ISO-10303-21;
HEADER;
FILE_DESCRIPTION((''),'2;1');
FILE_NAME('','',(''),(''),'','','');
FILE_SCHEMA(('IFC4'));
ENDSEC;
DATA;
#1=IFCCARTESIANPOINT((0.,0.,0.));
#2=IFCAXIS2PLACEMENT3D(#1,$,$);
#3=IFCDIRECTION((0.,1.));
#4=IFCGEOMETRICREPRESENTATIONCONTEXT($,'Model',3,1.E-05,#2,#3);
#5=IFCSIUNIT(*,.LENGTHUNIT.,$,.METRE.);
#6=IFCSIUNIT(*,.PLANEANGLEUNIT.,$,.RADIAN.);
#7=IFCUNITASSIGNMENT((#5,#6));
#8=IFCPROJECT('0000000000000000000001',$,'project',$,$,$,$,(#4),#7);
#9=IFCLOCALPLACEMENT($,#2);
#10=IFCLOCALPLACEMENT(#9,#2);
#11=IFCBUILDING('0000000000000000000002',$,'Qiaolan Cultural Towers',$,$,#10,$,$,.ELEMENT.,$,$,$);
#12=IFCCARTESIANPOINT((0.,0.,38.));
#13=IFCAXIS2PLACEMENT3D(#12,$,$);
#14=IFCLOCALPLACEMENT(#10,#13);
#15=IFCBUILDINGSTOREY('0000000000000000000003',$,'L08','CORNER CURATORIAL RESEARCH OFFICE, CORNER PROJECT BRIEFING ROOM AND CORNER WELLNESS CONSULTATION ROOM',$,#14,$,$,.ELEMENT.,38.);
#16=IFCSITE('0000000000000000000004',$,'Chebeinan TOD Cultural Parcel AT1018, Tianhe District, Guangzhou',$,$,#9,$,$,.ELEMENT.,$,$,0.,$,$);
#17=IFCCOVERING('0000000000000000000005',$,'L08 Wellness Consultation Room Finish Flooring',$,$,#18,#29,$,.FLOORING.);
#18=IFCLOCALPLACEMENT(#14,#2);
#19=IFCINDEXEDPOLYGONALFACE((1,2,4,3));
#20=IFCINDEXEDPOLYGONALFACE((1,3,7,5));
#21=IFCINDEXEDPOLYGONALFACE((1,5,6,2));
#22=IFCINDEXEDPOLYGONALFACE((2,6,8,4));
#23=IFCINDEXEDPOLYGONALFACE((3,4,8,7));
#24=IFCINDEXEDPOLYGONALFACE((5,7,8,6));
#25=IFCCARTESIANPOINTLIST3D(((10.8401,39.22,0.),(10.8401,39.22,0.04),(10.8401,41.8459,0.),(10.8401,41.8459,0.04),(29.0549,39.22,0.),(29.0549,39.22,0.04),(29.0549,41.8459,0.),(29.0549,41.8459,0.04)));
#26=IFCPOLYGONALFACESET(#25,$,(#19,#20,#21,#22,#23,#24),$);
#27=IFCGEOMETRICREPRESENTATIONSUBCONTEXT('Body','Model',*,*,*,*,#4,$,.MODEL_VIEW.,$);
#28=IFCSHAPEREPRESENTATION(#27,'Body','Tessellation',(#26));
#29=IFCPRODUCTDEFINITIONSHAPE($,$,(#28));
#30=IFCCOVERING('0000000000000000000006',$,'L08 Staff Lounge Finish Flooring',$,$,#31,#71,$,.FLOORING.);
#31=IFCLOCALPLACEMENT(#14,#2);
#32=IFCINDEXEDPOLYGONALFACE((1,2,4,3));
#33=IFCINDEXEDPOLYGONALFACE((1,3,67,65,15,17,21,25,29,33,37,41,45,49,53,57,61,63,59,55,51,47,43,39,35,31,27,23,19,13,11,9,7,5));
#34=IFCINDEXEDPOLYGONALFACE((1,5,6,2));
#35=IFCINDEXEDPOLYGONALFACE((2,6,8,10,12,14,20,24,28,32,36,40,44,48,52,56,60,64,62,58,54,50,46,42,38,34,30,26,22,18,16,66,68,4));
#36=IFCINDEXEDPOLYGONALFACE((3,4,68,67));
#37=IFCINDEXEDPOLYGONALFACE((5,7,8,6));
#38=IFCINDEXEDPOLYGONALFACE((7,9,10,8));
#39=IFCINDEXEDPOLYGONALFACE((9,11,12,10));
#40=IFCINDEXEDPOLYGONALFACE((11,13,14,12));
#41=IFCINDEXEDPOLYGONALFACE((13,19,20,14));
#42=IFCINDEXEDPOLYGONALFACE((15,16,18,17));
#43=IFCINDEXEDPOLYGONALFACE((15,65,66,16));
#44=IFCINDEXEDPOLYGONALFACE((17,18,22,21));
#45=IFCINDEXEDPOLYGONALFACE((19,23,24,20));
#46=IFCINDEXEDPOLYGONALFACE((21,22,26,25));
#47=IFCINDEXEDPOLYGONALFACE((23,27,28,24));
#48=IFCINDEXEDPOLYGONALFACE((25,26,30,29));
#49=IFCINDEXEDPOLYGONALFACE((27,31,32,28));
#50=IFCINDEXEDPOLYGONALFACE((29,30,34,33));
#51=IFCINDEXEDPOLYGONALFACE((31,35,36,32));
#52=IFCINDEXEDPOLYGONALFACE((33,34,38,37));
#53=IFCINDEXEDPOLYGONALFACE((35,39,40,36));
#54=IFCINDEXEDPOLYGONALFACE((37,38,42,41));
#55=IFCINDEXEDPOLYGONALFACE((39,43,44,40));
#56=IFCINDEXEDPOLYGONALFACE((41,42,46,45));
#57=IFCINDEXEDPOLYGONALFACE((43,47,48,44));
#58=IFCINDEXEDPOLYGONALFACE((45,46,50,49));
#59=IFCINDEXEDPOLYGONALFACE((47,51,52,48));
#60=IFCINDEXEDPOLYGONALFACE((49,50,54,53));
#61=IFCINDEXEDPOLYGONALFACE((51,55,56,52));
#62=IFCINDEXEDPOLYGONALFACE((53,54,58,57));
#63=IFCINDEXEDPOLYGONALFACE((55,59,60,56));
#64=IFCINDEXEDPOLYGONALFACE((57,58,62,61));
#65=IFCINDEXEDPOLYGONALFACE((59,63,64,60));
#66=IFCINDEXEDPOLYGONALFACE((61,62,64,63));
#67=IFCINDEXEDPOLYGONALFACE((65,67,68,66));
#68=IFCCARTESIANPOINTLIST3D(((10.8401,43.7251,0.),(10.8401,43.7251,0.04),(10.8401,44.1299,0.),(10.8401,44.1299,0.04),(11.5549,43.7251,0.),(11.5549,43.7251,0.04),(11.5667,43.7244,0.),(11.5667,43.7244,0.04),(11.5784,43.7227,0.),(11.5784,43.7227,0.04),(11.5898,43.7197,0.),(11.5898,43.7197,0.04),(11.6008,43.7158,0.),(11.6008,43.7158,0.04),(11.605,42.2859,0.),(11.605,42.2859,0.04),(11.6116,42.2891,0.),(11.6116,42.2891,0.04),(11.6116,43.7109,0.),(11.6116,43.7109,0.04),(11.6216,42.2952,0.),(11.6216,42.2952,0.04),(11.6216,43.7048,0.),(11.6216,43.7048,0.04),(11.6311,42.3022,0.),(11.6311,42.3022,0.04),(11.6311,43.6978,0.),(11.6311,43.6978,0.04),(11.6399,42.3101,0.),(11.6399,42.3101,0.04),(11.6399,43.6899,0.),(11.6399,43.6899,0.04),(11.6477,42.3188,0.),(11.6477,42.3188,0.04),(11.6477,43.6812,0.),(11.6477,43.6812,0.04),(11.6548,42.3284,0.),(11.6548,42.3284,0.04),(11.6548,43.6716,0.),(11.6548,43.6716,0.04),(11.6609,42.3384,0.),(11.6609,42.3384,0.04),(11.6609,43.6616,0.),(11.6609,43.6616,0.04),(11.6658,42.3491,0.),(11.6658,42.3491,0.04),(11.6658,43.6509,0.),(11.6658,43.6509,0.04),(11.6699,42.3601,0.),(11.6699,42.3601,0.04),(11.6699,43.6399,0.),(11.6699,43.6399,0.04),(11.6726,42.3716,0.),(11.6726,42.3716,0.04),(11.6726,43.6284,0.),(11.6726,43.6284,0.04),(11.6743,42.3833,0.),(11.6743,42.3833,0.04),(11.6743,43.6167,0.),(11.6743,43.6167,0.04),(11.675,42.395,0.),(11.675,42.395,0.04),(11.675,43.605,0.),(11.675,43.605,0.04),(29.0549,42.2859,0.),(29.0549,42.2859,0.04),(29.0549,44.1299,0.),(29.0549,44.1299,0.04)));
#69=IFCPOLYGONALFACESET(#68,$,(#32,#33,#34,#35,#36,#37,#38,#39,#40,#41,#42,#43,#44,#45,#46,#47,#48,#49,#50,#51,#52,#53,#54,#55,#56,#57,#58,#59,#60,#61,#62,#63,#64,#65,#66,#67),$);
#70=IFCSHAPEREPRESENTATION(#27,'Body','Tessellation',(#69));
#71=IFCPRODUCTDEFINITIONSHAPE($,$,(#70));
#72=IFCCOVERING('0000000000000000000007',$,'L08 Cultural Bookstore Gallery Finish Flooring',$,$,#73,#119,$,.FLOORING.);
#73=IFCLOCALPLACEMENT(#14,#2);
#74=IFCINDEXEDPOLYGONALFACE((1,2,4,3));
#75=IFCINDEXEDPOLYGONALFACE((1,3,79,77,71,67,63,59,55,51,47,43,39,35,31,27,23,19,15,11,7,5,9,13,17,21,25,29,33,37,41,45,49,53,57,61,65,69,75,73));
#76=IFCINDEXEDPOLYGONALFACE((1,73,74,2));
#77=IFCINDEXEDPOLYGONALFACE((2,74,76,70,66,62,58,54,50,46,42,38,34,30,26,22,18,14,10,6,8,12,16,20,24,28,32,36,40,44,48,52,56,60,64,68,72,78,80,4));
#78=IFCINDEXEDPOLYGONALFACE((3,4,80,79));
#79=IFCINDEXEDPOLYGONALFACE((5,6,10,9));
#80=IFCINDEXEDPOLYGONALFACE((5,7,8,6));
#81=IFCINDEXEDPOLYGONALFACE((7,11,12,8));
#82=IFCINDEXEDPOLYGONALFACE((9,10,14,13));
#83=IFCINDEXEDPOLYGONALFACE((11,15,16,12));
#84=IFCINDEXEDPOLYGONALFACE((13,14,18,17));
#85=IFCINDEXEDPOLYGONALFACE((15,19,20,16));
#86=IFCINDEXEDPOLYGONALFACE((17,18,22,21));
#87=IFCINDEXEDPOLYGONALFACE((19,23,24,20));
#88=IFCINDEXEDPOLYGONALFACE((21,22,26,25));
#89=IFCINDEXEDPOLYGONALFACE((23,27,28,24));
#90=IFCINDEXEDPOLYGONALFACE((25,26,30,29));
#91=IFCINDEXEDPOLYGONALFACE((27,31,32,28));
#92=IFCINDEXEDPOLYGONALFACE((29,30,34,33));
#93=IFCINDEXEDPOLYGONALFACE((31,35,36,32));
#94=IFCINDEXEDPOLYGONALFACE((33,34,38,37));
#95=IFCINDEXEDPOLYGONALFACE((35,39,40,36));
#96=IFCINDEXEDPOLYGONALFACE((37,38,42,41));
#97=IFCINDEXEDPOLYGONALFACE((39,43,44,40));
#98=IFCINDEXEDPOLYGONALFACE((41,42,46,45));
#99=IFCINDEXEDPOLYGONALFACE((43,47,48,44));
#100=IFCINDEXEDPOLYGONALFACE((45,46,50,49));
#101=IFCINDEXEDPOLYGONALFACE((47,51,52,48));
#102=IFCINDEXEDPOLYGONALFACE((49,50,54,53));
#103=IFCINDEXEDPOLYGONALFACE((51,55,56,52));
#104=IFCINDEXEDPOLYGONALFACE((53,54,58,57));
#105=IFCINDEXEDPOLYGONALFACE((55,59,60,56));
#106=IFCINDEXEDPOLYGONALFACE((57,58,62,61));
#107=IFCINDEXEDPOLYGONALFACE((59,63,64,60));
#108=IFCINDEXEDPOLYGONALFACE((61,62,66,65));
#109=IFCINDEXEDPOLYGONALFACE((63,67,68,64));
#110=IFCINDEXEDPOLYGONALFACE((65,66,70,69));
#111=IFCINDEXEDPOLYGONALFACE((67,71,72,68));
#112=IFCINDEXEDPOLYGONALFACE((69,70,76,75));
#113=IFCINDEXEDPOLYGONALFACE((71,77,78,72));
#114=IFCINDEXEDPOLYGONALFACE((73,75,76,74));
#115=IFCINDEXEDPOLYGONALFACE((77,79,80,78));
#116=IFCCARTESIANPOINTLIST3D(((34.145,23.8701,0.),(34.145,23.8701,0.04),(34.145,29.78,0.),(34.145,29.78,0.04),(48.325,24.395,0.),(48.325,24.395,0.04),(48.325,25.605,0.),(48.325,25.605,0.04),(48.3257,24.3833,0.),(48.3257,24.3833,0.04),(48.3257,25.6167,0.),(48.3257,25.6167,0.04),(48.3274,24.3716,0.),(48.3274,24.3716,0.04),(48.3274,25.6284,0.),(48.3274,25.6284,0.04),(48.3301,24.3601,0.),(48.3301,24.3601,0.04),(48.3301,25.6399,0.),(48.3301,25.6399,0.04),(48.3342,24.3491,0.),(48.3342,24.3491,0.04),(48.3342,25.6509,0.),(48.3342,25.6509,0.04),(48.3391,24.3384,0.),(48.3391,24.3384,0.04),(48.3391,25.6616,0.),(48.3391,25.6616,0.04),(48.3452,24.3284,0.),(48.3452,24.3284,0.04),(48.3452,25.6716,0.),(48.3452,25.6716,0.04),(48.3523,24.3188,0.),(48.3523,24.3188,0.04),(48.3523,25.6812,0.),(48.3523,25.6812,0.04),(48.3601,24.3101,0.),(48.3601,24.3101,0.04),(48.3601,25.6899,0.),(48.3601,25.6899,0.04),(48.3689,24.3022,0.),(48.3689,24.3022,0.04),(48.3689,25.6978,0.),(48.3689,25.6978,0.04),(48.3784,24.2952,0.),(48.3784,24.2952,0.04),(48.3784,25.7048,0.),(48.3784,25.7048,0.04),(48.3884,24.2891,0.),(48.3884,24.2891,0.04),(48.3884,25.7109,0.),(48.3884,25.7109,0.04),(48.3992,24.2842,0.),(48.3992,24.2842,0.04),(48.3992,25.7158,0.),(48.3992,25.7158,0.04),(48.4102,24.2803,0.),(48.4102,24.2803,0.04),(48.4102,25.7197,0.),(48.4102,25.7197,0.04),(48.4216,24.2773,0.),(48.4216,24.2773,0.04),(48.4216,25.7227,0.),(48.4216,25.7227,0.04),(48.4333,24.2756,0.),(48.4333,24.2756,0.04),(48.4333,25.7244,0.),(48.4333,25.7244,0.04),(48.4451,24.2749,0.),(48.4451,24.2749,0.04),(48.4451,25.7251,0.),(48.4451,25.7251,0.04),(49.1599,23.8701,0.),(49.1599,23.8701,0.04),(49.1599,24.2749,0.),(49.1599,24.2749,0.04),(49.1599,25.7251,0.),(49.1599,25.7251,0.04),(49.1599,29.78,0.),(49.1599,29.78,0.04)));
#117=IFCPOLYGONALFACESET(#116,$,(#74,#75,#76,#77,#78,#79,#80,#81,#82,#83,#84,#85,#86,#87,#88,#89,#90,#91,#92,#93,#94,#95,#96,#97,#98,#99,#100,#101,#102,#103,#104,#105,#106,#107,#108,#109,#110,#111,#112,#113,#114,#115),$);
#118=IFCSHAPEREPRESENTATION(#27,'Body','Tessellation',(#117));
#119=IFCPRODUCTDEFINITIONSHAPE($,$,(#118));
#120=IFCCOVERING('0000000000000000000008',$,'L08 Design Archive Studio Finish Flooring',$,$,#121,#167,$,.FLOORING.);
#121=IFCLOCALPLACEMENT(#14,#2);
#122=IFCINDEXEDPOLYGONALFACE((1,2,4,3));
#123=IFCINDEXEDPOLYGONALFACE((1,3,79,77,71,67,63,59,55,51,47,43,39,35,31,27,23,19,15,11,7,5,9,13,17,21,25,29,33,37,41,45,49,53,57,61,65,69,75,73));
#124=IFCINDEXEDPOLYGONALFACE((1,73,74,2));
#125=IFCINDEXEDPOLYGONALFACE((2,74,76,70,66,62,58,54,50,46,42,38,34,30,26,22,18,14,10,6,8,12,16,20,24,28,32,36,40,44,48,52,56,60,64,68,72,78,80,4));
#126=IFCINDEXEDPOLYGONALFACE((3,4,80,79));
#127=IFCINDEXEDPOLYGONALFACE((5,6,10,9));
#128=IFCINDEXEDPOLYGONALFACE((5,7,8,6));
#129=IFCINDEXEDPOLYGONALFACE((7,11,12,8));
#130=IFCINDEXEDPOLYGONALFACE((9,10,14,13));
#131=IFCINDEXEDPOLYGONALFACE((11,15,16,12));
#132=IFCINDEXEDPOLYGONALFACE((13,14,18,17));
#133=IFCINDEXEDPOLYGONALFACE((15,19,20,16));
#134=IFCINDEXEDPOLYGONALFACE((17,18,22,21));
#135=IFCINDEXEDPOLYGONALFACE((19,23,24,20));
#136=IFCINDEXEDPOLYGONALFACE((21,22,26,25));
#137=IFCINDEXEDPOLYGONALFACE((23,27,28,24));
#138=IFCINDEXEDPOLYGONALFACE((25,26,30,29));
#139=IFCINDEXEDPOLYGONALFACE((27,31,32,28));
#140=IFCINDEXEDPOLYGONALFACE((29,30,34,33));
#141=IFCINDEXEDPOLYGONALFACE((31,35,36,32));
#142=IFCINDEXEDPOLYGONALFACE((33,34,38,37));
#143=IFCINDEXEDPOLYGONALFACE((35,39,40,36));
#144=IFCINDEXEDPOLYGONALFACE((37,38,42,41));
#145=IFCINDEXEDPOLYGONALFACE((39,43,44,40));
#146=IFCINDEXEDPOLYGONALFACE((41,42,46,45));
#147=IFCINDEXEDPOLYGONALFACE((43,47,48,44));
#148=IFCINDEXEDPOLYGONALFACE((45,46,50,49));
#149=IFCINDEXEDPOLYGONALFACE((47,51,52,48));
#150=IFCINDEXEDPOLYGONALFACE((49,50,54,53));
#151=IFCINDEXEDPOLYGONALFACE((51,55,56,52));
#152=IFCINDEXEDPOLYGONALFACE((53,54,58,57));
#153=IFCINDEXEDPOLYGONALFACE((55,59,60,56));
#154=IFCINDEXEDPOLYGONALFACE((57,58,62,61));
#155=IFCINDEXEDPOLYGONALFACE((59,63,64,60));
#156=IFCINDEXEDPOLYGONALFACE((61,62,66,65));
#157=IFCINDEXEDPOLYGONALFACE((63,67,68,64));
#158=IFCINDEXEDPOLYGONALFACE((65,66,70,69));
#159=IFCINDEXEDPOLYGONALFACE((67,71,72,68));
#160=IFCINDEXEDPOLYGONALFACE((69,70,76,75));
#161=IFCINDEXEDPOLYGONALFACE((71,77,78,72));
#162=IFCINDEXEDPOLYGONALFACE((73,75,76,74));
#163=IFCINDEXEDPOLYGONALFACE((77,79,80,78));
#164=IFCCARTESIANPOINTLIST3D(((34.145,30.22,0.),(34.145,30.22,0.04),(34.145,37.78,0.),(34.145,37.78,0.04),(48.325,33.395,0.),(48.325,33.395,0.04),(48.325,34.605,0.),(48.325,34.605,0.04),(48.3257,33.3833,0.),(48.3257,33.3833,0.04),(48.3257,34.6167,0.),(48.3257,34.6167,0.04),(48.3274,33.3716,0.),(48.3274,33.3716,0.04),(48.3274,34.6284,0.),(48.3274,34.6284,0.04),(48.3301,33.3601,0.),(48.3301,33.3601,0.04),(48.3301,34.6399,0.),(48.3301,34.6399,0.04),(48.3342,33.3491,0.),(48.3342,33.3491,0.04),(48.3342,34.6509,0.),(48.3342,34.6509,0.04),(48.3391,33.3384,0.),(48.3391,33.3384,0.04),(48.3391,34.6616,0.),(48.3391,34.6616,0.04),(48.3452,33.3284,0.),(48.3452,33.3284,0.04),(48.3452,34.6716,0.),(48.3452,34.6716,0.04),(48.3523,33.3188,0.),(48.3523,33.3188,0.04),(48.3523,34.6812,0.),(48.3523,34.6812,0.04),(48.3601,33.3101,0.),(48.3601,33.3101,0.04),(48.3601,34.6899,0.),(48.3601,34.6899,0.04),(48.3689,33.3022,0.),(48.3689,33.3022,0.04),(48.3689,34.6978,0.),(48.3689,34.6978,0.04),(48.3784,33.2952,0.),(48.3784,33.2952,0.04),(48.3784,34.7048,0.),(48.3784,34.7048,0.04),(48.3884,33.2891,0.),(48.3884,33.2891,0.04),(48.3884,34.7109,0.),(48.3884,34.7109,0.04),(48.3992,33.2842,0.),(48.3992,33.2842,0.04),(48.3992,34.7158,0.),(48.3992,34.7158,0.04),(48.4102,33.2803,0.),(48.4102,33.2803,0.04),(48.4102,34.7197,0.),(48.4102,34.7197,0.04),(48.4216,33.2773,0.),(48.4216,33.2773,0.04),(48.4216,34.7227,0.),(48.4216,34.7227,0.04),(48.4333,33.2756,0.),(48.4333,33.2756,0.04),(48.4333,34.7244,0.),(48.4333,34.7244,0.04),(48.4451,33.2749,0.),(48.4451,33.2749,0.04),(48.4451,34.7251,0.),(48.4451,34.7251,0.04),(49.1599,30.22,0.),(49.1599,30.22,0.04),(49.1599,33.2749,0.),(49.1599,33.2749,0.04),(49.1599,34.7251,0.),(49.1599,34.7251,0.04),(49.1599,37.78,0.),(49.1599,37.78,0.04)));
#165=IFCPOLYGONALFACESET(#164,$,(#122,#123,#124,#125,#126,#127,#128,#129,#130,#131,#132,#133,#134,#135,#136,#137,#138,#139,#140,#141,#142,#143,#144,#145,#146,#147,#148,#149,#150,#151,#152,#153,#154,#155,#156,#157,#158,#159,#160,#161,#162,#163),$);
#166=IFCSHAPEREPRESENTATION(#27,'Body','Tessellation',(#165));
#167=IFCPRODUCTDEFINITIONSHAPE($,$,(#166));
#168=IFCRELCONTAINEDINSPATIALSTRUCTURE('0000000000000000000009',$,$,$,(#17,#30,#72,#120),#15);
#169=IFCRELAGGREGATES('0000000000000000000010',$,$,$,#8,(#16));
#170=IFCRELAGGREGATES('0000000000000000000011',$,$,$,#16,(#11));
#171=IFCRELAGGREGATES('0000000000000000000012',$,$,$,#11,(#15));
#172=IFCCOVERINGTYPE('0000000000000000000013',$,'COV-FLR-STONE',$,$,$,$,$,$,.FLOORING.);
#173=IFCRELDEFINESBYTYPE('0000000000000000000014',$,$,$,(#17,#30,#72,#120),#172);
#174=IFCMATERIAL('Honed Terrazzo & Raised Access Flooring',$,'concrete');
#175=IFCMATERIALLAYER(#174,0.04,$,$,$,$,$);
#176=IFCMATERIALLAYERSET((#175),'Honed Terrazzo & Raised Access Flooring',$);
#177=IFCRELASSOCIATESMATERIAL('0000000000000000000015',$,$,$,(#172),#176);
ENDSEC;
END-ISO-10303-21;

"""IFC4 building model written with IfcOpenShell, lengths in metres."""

from ifc_helpers import new_model, si_unit, direction, frame, origin, place, context, subcontext, project, spatial, polyline, outline, extrude, material, layer, layer_set, type_object, element, save


model = new_model("IFC4")

# Units and contexts
model_context = context("Model", 3, precision=1e-05, world=origin(), true_north=direction((0.0, 1.0)))
body_context = subcontext(model_context, "Body", "Model", "MODEL_VIEW")
ifc_project = project(units=[si_unit("LENGTHUNIT", "METRE"), si_unit("PLANEANGLEUNIT", "RADIAN")], contexts=[model_context])

# Site, building, storey
site_placement = place(None, origin())
site = spatial("IfcSite", under=ifc_project, at=site_placement, Name="Chebeinan TOD Cultural Parcel AT1018, Tianhe District, Guangzhou", CompositionType="ELEMENT", RefElevation=0.0)
building_placement = place(site_placement, origin())
building = spatial("IfcBuilding", under=site, at=building_placement, Name="Qiaolan Cultural Towers", CompositionType="ELEMENT")
storey_placement = place(building_placement, frame((0.0, 0.0, 38.0)))
storey = spatial("IfcBuildingStorey", under=building, at=storey_placement, Name="L08", Description="CORNER CURATORIAL RESEARCH OFFICE, CORNER PROJECT BRIEFING ROOM AND CORNER WELLNESS CONSULTATION ROOM", CompositionType="ELEMENT", Elevation=38.0)

# Coverings
ifc_material_1 = material(Name="Honed Terrazzo & Raised Access Flooring", Category="concrete")
ifc_layer_1 = layer(ifc_material_1, 0.04)
ifc_layer_set_1 = layer_set([ifc_layer_1], Name="Honed Terrazzo & Raised Access Flooring")
covering_type = type_object("IfcCoveringType", Name="COV-FLR-STONE", PredefinedType="FLOORING", material=ifc_layer_set_1)
covering_1_placement = place(storey_placement, origin())
element("IfcCovering", 1, at=covering_1_placement, inside=storey, type_object=covering_type, Name="L08 Wellness Consultation Room Finish Flooring", PredefinedType="FLOORING", context=body_context, shape_type="SweptSolid", body=[
    extrude(outline(polyline([(29.0549, 39.22), (29.0549, 41.8459), (10.8401, 41.8459), (10.8401, 39.22), (29.0549, 39.22)])), origin(), (0.0, 0.0, 1.0), 0.04),
])
covering_2_placement = place(storey_placement, origin())
element("IfcCovering", 2, at=covering_2_placement, inside=storey, type_object=covering_type, Name="L08 Staff Lounge Finish Flooring", PredefinedType="FLOORING", context=body_context, shape_type="SweptSolid", body=[
    extrude(outline(polyline([(10.8401, 43.7251), (11.5549, 43.7251), (11.5667, 43.7244), (11.5784, 43.7227), (11.5898, 43.7197), (11.6008, 43.7158), (11.6116, 43.7109), (11.6216, 43.7048), (11.6311, 43.6978), (11.6399, 43.6899), (11.6477, 43.6812), (11.6548, 43.6716), (11.6609, 43.6616), (11.6658, 43.6509), (11.6699, 43.6399), (11.6726, 43.6284), (11.6743, 43.6167), (11.675, 43.605), (11.675, 42.395), (11.6743, 42.3833), (11.6726, 42.3716), (11.6699, 42.3601), (11.6658, 42.3491), (11.6609, 42.3384), (11.6548, 42.3284), (11.6477, 42.3188), (11.6399, 42.3101), (11.6311, 42.3022), (11.6216, 42.2952), (11.6116, 42.2891), (11.605, 42.2859), (29.0549, 42.2859), (29.0549, 44.1299), (10.8401, 44.1299), (10.8401, 43.7251)])), origin(), (0.0, 0.0, 1.0), 0.04),
])
covering_3_placement = place(storey_placement, origin())
element("IfcCovering", 3, at=covering_3_placement, inside=storey, type_object=covering_type, Name="L08 Cultural Bookstore Gallery Finish Flooring", PredefinedType="FLOORING", context=body_context, shape_type="SweptSolid", body=[
    extrude(outline(polyline([(49.1599, 24.2749), (48.4451, 24.2749), (48.4333, 24.2756), (48.4216, 24.2773), (48.4102, 24.2803), (48.3992, 24.2842), (48.3884, 24.2891), (48.3784, 24.2952), (48.3689, 24.3022), (48.3601, 24.3101), (48.3523, 24.3188), (48.3452, 24.3284), (48.3391, 24.3384), (48.3342, 24.3491), (48.3301, 24.3601), (48.3274, 24.3716), (48.3257, 24.3833), (48.325, 24.395), (48.325, 25.605), (48.3257, 25.6167), (48.3274, 25.6284), (48.3301, 25.6399), (48.3342, 25.6509), (48.3391, 25.6616), (48.3452, 25.6716), (48.3523, 25.6812), (48.3601, 25.6899), (48.3689, 25.6978), (48.3784, 25.7048), (48.3884, 25.7109), (48.3992, 25.7158), (48.4102, 25.7197), (48.4216, 25.7227), (48.4333, 25.7244), (48.4451, 25.7251), (49.1599, 25.7251), (49.1599, 29.78), (34.145, 29.78), (34.145, 23.8701), (49.1599, 23.8701), (49.1599, 24.2749)])), origin(), (0.0, 0.0, 1.0), 0.04),
])
covering_4_placement = place(storey_placement, origin())
element("IfcCovering", 4, at=covering_4_placement, inside=storey, type_object=covering_type, Name="L08 Design Archive Studio Finish Flooring", PredefinedType="FLOORING", context=body_context, shape_type="SweptSolid", body=[
    extrude(outline(polyline([(49.1599, 33.2749), (48.4451, 33.2749), (48.4333, 33.2756), (48.4216, 33.2773), (48.4102, 33.2803), (48.3992, 33.2842), (48.3884, 33.2891), (48.3784, 33.2952), (48.3689, 33.3022), (48.3601, 33.3101), (48.3523, 33.3188), (48.3452, 33.3284), (48.3391, 33.3384), (48.3342, 33.3491), (48.3301, 33.3601), (48.3274, 33.3716), (48.3257, 33.3833), (48.325, 33.395), (48.325, 34.605), (48.3257, 34.6167), (48.3274, 34.6284), (48.3301, 34.6399), (48.3342, 34.6509), (48.3391, 34.6616), (48.3452, 34.6716), (48.3523, 34.6812), (48.3601, 34.6899), (48.3689, 34.6978), (48.3784, 34.7048), (48.3884, 34.7109), (48.3992, 34.7158), (48.4102, 34.7197), (48.4216, 34.7227), (48.4333, 34.7244), (48.4451, 34.7251), (49.1599, 34.7251), (49.1599, 37.78), (34.145, 37.78), (34.145, 30.22), (49.1599, 30.22), (49.1599, 33.2749)])), origin(), (0.0, 0.0, 1.0), 0.04),
])

save(model, "model.ifc")
